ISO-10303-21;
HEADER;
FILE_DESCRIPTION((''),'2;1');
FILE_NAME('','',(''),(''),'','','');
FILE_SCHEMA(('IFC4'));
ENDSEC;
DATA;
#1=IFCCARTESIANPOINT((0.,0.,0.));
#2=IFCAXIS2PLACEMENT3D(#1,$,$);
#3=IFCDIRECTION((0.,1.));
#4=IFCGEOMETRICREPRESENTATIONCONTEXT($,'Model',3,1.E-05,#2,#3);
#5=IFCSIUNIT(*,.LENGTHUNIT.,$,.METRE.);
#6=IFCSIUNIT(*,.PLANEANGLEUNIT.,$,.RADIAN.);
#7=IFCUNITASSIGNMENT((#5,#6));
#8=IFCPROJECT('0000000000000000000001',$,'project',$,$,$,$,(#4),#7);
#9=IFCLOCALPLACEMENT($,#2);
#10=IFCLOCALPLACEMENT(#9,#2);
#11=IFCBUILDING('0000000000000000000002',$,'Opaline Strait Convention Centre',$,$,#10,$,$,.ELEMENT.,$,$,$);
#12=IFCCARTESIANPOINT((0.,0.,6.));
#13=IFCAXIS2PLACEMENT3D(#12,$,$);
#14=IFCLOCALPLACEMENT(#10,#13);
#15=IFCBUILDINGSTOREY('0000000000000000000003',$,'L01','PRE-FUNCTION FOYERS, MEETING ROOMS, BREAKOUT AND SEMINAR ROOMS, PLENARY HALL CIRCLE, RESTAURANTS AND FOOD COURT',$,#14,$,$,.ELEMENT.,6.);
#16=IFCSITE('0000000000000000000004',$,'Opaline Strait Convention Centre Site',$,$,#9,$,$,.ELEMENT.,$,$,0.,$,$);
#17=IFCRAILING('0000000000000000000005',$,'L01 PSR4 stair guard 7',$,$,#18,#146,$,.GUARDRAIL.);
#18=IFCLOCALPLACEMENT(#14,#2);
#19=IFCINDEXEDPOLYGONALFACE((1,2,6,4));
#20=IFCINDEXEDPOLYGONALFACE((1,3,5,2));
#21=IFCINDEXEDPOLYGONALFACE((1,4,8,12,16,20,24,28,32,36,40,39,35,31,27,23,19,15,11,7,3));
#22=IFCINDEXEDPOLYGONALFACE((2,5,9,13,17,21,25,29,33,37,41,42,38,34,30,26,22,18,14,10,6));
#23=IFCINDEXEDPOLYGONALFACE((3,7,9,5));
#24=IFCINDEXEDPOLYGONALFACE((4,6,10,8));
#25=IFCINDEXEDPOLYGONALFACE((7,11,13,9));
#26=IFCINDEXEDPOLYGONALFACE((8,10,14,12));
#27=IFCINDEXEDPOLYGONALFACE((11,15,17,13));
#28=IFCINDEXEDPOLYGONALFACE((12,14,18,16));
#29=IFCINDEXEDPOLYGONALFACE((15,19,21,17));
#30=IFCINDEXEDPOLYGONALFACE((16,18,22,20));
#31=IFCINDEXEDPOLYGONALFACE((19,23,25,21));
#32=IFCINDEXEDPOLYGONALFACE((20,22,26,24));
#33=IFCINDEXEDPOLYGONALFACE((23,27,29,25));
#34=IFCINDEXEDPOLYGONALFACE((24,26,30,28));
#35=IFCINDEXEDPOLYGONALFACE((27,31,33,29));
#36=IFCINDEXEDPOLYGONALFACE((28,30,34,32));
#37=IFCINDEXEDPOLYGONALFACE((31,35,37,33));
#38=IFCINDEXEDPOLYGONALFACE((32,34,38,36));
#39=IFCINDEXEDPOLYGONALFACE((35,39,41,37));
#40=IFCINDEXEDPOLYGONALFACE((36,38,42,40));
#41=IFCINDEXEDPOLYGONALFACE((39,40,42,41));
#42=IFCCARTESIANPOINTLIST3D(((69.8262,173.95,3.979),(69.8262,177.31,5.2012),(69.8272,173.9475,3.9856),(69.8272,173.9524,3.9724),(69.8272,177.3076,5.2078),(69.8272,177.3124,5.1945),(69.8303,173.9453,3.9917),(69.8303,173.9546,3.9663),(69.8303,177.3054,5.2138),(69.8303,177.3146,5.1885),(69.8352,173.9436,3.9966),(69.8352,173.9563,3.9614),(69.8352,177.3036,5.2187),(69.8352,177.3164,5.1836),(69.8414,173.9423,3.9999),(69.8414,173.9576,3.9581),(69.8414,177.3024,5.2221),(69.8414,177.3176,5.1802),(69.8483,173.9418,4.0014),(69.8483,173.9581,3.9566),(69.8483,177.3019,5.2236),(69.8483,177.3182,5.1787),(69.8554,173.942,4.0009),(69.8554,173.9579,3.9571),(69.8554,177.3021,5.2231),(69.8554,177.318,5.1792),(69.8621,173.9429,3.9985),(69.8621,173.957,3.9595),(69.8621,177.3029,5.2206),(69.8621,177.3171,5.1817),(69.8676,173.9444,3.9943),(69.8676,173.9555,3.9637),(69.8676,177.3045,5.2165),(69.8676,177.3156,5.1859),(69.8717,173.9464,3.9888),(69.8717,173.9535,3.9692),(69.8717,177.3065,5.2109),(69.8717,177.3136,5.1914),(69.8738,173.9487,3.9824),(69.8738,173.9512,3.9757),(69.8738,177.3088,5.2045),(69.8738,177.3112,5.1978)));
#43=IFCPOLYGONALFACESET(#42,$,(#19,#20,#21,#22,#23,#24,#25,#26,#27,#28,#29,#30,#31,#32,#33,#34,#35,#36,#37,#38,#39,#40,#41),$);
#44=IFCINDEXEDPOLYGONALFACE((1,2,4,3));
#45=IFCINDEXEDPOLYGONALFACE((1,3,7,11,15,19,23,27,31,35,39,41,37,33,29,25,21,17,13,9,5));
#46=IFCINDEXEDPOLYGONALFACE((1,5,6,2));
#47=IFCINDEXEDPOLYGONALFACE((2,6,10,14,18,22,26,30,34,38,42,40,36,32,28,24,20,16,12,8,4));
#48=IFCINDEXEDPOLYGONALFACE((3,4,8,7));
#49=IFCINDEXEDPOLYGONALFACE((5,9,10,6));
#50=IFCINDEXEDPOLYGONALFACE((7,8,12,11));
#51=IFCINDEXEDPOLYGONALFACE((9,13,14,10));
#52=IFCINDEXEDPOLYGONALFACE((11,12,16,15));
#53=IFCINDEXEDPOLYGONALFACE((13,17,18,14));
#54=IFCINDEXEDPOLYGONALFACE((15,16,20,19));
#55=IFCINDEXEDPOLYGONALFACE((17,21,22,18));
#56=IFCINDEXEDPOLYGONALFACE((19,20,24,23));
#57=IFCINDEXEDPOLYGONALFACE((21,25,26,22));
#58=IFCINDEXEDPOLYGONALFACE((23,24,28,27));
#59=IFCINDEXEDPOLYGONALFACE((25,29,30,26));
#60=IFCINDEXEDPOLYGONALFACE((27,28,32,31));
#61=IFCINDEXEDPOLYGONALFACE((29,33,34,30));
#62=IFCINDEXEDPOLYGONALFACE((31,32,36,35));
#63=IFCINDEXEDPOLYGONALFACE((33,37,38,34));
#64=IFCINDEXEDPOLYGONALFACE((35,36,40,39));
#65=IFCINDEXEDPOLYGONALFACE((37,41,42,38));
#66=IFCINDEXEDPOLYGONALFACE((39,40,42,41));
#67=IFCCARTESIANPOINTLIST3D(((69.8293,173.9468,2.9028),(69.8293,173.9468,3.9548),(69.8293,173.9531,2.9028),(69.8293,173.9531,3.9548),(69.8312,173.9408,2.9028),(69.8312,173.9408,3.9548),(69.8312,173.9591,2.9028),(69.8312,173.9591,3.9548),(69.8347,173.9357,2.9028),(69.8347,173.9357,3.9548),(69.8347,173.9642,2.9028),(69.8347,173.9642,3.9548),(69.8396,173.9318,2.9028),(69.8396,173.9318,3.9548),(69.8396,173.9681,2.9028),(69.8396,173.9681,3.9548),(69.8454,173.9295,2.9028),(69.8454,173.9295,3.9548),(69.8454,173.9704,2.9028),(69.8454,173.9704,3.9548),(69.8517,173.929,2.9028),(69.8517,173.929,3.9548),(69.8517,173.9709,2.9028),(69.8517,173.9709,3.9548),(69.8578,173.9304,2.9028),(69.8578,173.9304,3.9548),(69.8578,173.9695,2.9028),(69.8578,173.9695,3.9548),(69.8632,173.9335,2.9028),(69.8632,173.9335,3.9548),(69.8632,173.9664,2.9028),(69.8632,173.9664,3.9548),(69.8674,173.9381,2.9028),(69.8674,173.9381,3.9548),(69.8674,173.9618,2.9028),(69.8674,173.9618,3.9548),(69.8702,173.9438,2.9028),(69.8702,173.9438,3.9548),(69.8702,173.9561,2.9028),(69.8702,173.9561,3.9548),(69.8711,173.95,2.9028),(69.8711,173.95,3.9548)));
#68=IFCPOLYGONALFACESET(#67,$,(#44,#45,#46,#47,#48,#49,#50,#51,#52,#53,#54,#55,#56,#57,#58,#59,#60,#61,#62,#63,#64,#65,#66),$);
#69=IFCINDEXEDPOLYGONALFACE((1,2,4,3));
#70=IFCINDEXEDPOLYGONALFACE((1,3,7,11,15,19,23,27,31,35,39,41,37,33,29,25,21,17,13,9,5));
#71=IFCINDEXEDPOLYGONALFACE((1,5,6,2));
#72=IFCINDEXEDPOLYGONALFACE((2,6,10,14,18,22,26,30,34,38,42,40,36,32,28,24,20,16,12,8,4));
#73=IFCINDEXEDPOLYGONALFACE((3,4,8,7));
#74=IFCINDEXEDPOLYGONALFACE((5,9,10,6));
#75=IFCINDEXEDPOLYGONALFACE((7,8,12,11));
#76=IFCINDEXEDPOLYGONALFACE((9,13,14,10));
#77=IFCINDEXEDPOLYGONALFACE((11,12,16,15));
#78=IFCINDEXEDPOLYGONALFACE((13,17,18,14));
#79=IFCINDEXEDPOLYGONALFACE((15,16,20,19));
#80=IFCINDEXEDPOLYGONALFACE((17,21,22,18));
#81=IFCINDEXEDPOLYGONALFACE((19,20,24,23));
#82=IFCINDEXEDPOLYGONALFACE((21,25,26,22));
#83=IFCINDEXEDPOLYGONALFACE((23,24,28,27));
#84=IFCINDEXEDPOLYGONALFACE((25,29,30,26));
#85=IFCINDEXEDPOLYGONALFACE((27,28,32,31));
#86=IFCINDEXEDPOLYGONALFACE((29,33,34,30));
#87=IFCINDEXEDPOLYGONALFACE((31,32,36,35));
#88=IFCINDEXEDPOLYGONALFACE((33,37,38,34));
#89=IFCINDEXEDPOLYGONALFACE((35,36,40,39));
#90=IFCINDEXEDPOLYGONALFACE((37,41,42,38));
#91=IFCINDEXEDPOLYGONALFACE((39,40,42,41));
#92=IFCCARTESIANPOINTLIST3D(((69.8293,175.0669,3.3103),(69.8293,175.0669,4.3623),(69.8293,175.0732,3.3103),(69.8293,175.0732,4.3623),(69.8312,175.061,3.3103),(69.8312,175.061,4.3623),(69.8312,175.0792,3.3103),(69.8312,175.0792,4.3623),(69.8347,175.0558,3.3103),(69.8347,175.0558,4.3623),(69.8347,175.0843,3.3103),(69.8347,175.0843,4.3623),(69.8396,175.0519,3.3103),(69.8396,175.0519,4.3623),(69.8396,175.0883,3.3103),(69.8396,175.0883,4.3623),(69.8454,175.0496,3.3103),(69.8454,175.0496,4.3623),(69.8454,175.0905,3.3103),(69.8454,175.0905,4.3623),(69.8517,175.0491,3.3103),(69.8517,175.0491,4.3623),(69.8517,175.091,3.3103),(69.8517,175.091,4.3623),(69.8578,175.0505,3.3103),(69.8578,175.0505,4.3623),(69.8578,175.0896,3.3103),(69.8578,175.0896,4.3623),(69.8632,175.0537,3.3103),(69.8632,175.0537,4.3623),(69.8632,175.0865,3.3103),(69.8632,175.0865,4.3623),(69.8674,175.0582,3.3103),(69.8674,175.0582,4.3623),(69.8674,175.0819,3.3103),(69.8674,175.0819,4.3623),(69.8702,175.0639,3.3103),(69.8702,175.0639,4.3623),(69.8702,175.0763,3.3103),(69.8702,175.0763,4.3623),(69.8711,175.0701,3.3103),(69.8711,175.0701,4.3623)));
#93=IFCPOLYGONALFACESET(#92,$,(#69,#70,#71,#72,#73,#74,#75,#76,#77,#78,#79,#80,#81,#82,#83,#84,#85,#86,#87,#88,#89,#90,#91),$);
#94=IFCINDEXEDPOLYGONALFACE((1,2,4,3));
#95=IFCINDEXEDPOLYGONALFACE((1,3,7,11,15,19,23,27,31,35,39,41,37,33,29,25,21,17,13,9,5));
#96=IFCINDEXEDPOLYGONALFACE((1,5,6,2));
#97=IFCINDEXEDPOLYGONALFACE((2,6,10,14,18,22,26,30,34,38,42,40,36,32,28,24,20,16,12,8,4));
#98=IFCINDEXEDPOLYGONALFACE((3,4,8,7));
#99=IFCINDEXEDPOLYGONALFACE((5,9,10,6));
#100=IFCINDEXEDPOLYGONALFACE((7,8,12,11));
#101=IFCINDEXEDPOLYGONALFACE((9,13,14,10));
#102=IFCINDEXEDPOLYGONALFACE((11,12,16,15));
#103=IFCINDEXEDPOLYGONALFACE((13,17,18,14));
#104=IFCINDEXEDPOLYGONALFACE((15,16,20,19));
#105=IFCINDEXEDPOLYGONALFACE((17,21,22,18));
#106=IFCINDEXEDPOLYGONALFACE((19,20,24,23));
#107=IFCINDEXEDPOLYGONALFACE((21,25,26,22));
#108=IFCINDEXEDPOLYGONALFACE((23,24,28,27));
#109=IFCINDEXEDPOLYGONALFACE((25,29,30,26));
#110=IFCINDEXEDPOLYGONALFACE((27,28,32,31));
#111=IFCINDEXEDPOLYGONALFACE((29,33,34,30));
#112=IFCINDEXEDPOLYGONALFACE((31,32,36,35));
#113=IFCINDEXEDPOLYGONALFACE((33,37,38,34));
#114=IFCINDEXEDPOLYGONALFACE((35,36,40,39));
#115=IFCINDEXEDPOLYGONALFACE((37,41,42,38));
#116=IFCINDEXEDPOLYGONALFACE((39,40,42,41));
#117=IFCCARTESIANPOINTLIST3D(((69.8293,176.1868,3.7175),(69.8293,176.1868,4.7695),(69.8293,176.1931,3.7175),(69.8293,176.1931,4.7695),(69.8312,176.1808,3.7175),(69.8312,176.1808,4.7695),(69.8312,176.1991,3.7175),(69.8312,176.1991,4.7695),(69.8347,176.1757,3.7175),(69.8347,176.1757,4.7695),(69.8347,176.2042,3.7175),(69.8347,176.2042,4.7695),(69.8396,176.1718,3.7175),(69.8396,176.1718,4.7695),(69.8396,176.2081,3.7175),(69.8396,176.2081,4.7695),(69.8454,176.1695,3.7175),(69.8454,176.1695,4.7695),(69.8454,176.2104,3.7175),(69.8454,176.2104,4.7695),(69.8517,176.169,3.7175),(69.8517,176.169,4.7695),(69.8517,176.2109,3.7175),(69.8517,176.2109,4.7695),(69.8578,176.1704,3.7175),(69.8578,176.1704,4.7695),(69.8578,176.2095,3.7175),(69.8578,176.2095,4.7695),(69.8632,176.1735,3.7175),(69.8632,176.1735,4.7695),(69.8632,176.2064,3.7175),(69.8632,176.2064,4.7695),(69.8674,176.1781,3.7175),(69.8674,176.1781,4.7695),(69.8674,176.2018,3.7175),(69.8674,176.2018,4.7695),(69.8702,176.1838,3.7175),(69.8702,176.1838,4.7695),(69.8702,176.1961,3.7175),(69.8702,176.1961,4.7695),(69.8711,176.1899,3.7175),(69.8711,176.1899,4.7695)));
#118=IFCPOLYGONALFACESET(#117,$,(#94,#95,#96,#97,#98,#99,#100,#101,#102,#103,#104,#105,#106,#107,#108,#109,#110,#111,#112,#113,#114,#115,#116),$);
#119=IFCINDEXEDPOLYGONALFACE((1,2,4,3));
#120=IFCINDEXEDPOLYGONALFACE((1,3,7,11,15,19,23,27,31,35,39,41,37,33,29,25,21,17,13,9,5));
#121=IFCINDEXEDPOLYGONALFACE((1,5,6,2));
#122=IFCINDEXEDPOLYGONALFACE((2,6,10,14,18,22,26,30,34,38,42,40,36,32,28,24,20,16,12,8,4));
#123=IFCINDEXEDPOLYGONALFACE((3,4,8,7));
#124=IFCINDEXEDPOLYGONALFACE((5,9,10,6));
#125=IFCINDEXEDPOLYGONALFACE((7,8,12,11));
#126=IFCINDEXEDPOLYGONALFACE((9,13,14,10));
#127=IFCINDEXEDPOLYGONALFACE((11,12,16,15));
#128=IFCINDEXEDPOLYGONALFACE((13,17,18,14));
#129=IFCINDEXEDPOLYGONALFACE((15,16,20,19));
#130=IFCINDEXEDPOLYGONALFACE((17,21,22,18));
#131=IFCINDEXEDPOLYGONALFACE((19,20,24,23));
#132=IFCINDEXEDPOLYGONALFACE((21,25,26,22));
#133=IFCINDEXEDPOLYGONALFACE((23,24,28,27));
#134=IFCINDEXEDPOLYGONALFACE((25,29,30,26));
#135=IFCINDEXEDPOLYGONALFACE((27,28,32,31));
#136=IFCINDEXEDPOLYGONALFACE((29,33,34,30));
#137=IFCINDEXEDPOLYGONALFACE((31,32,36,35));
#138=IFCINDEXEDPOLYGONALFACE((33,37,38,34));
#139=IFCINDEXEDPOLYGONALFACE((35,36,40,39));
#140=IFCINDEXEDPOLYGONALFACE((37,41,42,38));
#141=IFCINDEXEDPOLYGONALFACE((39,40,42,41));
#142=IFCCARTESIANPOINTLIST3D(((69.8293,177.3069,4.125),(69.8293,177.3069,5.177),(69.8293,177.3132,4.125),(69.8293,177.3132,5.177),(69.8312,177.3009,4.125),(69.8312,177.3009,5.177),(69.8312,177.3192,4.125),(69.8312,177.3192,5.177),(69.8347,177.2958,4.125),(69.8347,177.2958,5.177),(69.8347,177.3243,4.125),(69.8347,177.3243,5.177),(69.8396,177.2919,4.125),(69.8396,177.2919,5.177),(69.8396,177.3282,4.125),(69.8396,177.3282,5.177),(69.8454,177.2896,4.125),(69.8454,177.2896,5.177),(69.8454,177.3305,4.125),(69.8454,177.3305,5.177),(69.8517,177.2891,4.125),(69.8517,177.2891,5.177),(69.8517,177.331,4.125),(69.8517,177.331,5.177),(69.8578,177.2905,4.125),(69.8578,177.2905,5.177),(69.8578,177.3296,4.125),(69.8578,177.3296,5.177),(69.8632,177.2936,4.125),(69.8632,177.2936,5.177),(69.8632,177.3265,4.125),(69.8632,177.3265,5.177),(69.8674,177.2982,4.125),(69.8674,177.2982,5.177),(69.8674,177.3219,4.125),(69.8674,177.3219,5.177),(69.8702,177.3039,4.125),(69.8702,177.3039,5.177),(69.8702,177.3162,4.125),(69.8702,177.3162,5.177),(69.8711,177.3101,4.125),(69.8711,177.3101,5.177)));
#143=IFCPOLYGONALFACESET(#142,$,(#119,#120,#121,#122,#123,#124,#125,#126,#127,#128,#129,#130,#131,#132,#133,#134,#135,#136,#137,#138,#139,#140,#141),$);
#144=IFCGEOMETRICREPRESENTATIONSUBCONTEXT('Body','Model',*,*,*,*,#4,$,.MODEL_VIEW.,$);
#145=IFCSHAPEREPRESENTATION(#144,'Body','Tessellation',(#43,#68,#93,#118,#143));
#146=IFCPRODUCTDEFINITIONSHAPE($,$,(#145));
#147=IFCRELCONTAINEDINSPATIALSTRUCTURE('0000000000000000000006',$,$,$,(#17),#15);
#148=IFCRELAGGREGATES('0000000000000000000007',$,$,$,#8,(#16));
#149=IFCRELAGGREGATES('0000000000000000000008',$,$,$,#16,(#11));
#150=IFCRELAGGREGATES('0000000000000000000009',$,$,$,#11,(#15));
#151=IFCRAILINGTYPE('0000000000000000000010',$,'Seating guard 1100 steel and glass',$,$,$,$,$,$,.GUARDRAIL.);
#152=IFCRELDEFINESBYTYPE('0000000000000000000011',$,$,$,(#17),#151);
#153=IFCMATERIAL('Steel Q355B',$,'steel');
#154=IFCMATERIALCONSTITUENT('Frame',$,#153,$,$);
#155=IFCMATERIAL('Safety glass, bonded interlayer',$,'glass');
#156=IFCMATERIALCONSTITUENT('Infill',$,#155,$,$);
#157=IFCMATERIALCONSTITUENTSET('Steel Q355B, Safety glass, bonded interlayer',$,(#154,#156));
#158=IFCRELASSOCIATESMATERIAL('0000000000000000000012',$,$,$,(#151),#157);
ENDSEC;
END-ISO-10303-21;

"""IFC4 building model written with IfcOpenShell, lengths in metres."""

from ifc_helpers import new_model, si_unit, direction, frame, origin, origin_2d, place, context, subcontext, project, spatial, circle, extrude, material, constituent, constituent_set, type_object, element, save


model = new_model("IFC4")

# Units and contexts
model_context = context("Model", 3, precision=1e-05, world=origin(), true_north=direction((0.0, 1.0)))
body_context = subcontext(model_context, "Body", "Model", "MODEL_VIEW")
ifc_project = project(units=[si_unit("LENGTHUNIT", "METRE"), si_unit("PLANEANGLEUNIT", "RADIAN")], contexts=[model_context])

# Site, building, storey
site_placement = place(None, origin())
site = spatial("IfcSite", under=ifc_project, at=site_placement, Name="Opaline Strait Convention Centre Site", CompositionType="ELEMENT", RefElevation=0.0)
building_placement = place(site_placement, origin())
building = spatial("IfcBuilding", under=site, at=building_placement, Name="Opaline Strait Convention Centre", CompositionType="ELEMENT")
storey_placement = place(building_placement, frame((0.0, 0.0, 6.0)))
storey = spatial("IfcBuildingStorey", under=building, at=storey_placement, Name="L01", Description="PRE-FUNCTION FOYERS, MEETING ROOMS, BREAKOUT AND SEMINAR ROOMS, PLENARY HALL CIRCLE, RESTAURANTS AND FOOD COURT", CompositionType="ELEMENT", Elevation=6.0)

# Shared definitions
ifc_material_1 = material(Name="Steel Q355B", Category="steel")

# Railing
ifc_constituent_1 = constituent(ifc_material_1, Name="Frame")
ifc_material_2 = material(Name="Safety glass, bonded interlayer", Category="glass")
ifc_constituent_2 = constituent(ifc_material_2, Name="Infill")
ifc_constituent_set = constituent_set(constituents=[ifc_constituent_1, ifc_constituent_2], Name="Steel Q355B, Safety glass, bonded interlayer")
railing_type_1 = type_object("IfcRailingType", Name="Seating guard 1100 steel and glass", PredefinedType="GUARDRAIL", material=ifc_constituent_set)
railing_1_placement = place(storey_placement, frame((69.8501, 173.95, 2.9028)))
element("IfcRailing", 1, at=railing_1_placement, inside=storey, type_object=railing_type_1, Name="L01 PSR4 stair guard 7", PredefinedType="GUARDRAIL", context=body_context, shape_type="SweptSolid", body=[
    extrude(circle(Radius=0.0239, at=origin_2d()), frame((0.0, 0.0, 1.0762), z_axis=(0.0, 0.939766, 0.34182), x_axis=(-1.0, 0.0, 0.0)), (0.0, 0.0, 1.0), 3.5754),
    extrude(circle(Radius=0.021, at=origin_2d()), origin(), (0.0, 0.0, 1.0), 1.052),
    extrude(circle(Radius=0.021, at=origin_2d()), frame((0.0, 1.1201, 0.4075)), (0.0, 0.0, 1.0), 1.052),
    extrude(circle(Radius=0.021, at=origin_2d()), frame((0.0, 2.24, 0.8147)), (0.0, 0.0, 1.0), 1.052),
    extrude(circle(Radius=0.021, at=origin_2d()), frame((0.0, 3.3601, 1.2222)), (0.0, 0.0, 1.0), 1.052),
])

save(model, "model.ifc")
